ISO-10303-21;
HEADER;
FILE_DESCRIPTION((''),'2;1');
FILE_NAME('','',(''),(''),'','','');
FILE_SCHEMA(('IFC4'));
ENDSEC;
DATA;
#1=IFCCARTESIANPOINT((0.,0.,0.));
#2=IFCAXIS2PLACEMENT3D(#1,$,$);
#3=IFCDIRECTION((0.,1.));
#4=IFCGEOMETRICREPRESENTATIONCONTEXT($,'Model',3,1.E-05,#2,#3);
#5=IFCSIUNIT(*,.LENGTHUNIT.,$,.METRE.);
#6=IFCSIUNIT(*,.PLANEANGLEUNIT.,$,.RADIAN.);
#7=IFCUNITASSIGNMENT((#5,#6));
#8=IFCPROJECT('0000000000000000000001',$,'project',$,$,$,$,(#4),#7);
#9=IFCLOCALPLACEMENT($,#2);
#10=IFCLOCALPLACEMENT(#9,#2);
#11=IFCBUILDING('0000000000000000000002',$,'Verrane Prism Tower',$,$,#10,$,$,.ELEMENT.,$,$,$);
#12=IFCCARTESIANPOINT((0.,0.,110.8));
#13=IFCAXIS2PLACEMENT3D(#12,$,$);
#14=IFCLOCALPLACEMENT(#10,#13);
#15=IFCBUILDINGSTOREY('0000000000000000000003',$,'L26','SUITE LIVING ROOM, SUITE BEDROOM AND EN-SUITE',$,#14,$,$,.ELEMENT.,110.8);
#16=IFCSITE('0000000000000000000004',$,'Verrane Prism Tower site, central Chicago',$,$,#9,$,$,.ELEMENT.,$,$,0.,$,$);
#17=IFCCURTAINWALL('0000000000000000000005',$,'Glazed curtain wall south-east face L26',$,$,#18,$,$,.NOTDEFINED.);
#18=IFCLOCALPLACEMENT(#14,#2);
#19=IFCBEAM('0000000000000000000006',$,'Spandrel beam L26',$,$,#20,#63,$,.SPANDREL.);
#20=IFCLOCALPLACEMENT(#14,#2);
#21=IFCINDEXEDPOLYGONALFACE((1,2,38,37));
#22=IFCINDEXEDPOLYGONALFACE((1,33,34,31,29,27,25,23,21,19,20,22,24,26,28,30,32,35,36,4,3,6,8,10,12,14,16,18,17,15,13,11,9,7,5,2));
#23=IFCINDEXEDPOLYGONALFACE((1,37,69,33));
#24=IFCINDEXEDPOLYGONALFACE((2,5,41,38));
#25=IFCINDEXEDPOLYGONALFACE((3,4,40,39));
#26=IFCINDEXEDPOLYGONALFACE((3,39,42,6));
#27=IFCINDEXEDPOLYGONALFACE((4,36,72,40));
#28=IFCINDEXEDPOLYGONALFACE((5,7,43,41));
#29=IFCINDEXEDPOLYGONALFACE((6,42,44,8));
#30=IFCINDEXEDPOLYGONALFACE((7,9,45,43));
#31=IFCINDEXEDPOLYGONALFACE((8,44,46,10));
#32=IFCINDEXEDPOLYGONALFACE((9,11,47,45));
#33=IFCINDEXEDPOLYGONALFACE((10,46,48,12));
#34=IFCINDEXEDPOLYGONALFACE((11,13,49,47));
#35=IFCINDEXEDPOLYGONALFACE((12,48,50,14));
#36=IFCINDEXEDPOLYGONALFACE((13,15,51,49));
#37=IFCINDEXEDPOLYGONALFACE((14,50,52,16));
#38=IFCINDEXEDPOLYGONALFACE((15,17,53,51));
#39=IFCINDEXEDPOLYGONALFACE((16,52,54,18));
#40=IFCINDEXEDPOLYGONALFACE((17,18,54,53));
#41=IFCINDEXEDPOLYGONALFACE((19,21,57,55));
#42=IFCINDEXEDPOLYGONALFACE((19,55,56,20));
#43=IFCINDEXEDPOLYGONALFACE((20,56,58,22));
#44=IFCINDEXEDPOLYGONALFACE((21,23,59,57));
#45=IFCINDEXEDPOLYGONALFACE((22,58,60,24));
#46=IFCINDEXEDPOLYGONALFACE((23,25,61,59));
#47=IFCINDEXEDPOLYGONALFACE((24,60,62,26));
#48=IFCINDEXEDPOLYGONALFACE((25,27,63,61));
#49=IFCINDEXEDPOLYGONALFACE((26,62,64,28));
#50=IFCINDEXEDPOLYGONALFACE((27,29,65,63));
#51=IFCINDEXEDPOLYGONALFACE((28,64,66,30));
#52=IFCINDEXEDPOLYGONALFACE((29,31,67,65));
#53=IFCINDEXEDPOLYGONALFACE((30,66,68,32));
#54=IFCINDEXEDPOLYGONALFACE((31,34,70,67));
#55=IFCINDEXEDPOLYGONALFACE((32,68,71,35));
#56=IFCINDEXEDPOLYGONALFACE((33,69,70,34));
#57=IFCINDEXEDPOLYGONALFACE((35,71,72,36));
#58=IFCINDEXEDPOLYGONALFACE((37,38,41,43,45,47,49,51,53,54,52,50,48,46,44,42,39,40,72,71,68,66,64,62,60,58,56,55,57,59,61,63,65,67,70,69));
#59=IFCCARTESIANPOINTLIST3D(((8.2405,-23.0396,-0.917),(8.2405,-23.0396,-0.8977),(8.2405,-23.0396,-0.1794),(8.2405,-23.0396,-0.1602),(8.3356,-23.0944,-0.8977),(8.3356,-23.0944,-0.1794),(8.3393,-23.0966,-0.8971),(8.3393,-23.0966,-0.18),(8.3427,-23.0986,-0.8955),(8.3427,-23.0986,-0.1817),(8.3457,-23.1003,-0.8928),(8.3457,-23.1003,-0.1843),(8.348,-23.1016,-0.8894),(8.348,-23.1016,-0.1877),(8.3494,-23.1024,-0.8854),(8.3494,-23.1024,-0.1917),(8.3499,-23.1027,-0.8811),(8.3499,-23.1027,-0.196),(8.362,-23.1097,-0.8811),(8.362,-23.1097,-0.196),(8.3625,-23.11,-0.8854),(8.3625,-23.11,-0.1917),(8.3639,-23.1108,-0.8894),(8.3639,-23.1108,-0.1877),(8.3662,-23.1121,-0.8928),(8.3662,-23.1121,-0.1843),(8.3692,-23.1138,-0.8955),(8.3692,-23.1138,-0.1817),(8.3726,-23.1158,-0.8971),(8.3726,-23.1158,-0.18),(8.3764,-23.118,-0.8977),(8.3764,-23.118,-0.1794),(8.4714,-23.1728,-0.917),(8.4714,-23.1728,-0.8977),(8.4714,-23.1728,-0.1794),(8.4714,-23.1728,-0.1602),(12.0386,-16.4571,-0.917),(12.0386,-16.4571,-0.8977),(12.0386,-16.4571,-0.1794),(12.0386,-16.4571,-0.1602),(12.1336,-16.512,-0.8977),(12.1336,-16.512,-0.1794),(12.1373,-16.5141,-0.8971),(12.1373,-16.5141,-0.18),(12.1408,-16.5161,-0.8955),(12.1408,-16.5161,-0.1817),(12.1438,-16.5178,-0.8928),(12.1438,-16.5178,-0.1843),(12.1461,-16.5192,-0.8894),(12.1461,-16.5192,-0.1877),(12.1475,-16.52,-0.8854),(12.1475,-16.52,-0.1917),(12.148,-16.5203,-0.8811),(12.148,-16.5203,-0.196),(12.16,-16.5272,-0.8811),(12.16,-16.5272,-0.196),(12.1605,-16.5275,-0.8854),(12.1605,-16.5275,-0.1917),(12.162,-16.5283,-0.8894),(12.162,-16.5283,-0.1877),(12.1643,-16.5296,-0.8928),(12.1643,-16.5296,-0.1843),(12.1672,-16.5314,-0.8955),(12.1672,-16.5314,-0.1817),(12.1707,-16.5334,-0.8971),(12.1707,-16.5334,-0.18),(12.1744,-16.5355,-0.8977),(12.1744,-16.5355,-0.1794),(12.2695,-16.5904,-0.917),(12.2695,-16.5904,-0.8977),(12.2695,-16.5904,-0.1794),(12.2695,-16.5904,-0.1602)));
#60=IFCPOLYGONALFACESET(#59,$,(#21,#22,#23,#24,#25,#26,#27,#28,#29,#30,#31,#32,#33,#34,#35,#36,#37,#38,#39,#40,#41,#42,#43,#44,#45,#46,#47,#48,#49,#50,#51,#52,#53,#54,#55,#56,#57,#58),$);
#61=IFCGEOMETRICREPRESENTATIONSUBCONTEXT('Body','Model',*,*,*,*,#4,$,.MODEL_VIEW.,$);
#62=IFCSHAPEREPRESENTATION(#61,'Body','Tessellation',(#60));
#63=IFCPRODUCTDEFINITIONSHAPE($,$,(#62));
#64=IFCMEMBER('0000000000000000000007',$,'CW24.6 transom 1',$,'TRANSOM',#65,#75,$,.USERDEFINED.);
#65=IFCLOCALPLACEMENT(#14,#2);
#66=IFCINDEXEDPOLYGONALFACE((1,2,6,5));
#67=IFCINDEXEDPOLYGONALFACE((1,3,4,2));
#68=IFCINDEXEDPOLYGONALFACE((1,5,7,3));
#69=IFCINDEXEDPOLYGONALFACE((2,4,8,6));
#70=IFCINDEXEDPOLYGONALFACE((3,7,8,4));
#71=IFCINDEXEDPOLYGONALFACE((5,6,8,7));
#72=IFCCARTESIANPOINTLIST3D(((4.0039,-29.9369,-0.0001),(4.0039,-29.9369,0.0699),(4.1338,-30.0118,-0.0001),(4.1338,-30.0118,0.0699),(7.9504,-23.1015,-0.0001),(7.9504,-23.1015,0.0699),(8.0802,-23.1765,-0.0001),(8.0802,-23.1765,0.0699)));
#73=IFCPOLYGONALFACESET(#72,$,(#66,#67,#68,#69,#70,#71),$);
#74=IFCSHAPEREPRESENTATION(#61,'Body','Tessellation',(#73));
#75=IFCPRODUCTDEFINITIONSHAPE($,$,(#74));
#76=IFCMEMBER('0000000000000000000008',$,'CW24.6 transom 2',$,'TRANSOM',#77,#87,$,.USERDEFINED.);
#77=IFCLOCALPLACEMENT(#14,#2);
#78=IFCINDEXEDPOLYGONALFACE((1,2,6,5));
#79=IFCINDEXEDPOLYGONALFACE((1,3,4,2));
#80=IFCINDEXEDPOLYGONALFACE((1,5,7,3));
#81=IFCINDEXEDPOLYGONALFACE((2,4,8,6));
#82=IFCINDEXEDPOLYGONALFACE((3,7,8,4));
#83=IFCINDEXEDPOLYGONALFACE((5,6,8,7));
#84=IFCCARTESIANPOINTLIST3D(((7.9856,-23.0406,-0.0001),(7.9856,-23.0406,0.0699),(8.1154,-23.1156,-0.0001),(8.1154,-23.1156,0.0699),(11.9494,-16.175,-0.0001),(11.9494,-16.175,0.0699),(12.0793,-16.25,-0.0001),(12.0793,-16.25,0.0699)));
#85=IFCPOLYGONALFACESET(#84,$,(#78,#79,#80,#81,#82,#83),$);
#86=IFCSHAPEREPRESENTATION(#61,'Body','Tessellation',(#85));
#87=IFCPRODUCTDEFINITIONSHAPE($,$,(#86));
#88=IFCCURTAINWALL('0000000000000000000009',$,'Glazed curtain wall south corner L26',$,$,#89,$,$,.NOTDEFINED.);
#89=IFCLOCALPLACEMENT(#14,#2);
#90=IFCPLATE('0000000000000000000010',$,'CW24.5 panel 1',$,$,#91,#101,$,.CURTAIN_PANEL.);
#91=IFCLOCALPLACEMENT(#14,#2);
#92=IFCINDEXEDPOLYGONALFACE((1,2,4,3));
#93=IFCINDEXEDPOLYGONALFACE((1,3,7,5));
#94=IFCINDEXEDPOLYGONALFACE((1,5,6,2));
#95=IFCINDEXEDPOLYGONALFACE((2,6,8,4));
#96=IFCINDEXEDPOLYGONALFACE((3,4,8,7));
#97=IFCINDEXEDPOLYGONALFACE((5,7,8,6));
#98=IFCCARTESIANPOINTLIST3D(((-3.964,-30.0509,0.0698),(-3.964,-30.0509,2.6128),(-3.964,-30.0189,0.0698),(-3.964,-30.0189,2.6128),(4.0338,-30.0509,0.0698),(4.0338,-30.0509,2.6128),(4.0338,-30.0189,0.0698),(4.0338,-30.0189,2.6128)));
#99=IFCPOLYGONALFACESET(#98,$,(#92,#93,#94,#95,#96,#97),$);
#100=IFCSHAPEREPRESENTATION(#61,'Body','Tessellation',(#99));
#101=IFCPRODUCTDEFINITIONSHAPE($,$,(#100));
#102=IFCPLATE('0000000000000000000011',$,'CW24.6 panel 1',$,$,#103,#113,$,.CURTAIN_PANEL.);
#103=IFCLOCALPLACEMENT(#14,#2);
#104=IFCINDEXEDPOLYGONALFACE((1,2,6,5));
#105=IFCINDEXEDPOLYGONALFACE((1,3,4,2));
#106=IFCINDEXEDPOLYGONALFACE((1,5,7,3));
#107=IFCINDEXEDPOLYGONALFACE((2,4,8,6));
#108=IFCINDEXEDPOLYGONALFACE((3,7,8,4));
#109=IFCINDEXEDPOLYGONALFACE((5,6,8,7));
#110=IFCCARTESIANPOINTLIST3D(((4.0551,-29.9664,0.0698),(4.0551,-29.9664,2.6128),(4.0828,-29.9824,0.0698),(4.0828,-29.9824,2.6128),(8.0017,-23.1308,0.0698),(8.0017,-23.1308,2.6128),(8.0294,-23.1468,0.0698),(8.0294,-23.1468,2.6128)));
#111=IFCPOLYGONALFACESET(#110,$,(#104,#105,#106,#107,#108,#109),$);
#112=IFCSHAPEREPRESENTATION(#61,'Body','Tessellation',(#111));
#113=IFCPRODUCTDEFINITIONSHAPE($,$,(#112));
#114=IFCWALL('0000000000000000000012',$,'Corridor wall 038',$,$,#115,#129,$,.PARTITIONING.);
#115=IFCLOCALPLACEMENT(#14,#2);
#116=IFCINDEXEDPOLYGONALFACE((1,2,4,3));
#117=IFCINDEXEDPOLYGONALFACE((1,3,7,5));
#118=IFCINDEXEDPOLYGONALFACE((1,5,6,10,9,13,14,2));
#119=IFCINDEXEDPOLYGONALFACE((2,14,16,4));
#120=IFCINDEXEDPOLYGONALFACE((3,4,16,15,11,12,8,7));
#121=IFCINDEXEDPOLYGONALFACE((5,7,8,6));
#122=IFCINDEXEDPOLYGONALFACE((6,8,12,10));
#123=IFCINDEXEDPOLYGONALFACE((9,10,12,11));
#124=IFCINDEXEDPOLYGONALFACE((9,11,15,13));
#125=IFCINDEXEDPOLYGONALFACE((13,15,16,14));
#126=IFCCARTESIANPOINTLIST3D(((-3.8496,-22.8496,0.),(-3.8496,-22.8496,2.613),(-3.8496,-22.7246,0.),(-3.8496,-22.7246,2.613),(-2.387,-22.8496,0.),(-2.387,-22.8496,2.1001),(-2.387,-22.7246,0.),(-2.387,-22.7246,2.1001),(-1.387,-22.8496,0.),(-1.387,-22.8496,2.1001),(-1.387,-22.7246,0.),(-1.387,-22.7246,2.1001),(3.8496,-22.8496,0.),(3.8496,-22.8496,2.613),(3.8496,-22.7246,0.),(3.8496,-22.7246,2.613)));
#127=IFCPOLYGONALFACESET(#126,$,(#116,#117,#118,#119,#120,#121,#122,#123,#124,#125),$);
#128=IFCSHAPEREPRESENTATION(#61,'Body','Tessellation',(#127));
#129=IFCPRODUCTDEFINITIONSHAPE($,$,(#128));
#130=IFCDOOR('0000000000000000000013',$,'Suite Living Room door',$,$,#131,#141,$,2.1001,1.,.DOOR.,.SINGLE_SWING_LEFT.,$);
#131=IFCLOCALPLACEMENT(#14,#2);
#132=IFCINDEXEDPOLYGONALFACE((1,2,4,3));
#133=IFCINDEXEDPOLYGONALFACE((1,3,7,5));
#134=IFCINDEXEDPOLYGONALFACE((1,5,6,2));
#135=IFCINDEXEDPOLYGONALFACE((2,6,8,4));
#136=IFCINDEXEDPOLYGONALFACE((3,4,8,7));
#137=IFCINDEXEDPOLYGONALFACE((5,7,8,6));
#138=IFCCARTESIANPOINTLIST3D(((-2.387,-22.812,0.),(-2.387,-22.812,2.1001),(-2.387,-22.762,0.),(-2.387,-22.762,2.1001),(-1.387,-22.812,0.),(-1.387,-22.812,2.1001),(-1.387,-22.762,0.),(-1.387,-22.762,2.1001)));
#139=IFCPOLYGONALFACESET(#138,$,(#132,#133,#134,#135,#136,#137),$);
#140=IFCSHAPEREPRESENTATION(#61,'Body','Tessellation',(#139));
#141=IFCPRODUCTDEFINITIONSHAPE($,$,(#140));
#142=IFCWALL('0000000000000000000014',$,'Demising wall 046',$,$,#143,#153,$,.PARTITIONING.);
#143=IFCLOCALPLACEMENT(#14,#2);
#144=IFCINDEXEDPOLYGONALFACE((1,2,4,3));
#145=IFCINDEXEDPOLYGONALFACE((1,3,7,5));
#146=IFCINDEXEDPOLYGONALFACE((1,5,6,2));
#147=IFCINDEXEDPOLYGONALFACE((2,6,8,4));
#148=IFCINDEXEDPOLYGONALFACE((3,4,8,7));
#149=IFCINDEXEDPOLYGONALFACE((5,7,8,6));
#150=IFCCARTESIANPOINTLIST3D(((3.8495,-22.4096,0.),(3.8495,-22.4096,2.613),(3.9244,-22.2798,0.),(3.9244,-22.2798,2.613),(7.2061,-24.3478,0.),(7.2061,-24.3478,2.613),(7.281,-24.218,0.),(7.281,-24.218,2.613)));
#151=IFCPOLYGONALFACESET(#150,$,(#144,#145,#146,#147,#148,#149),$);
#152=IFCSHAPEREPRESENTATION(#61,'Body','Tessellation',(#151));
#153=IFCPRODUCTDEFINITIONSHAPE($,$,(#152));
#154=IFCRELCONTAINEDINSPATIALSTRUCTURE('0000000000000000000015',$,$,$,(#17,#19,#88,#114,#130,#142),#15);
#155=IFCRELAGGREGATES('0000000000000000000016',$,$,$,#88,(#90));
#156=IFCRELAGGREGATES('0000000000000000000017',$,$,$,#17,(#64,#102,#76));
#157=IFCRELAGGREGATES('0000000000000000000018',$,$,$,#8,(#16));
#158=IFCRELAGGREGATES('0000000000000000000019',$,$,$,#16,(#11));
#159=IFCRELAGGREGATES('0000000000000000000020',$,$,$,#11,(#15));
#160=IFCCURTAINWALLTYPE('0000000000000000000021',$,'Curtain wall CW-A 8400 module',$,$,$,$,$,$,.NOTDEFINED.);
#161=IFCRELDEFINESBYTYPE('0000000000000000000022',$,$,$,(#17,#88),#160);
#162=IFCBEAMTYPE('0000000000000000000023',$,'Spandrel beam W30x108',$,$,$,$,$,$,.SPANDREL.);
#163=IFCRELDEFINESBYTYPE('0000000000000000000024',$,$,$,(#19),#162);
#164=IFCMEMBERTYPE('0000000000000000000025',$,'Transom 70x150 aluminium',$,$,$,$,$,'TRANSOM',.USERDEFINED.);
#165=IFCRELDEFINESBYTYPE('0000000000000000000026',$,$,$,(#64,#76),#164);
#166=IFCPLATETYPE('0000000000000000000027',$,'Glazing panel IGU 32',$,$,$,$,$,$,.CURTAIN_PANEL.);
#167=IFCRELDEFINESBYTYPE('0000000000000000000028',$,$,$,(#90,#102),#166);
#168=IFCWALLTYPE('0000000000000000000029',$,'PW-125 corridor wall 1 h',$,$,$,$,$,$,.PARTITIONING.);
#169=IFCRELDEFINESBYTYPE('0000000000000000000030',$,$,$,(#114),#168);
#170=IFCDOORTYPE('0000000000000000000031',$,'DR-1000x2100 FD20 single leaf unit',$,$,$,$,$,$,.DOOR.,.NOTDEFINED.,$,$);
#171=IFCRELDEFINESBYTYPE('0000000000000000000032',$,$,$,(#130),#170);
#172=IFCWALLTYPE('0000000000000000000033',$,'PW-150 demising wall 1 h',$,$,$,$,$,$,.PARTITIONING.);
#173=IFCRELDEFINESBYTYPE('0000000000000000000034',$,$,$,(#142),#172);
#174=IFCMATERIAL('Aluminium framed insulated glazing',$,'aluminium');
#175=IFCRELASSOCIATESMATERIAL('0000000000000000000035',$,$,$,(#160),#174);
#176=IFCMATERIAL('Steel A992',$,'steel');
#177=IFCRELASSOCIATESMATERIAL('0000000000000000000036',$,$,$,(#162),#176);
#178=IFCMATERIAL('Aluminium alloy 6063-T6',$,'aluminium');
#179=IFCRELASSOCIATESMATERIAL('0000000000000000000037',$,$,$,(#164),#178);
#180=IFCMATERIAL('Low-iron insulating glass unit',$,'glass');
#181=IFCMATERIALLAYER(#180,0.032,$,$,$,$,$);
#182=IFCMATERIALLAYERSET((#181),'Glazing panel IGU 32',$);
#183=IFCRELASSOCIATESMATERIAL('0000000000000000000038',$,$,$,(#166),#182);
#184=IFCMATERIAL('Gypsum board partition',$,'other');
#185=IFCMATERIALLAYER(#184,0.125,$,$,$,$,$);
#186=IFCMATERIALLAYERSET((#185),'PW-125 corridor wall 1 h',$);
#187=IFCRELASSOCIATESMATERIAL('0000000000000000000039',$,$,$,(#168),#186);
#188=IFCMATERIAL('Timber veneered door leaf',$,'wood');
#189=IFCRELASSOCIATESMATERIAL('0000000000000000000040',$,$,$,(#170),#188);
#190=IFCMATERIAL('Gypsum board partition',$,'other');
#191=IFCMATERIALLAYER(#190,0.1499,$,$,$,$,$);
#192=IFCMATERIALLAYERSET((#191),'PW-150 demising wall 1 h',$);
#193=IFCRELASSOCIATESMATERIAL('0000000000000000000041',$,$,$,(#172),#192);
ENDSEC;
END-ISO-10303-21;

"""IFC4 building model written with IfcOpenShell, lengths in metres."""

from ifc_helpers import new_model, si_unit, direction, frame, frame_2d, origin, origin_2d, place, context, subcontext, project, spatial, rectangle, i_section, extrude, material, layer, layer_set, material_profile, profile_set, type_object, element, fill, aggregate, save


model = new_model("IFC4")

# Units and contexts
model_context = context("Model", 3, precision=1e-05, world=origin(), true_north=direction((0.0, 1.0)))
body_context = subcontext(model_context, "Body", "Model", "MODEL_VIEW")
ifc_project = project(units=[si_unit("LENGTHUNIT", "METRE"), si_unit("PLANEANGLEUNIT", "RADIAN")], contexts=[model_context])

# Site, building, storey
site_placement = place(None, origin())
site = spatial("IfcSite", under=ifc_project, at=site_placement, Name="Verrane Prism Tower site, central Chicago", CompositionType="ELEMENT", RefElevation=0.0)
building_placement = place(site_placement, origin())
building = spatial("IfcBuilding", under=site, at=building_placement, Name="Verrane Prism Tower", CompositionType="ELEMENT")
storey_placement = place(building_placement, frame((0.0, 0.0, 110.8)))
storey = spatial("IfcBuildingStorey", under=building, at=storey_placement, Name="L26", Description="SUITE LIVING ROOM, SUITE BEDROOM AND EN-SUITE", CompositionType="ELEMENT", Elevation=110.8)

# Curtain wall
ifc_material_1 = material(Name="Aluminium framed insulated glazing", Category="aluminium")
curtain_wall_type = type_object("IfcCurtainWallType", Name="Curtain wall CW-A 8400 module", PredefinedType="NOTDEFINED", material=ifc_material_1)
curtain_wall_1_placement = place(storey_placement, origin())
curtain_wall_1 = element("IfcCurtainWall", 1, at=curtain_wall_1_placement, inside=storey, type_object=curtain_wall_type, Name="Glazed curtain wall south-east face L26", PredefinedType="NOTDEFINED")

# Beam
ifc_material_2 = material(Name="Steel A992", Category="steel")
ifc_material_profile_1 = material_profile(ifc_material_2, i_section(OverallWidth=0.2666, OverallDepth=0.7568, WebThickness=0.0139, FlangeThickness=0.0193, FilletRadius=0.0166, at=origin_2d()), Name="W30x108")
ifc_profile_set_1 = profile_set([ifc_material_profile_1], Name="Steel A992")
beam_type_1 = type_object("IfcBeamType", Name="Spandrel beam W30x108", PredefinedType="SPANDREL", material=ifc_profile_set_1)
beam_1_placement = place(storey_placement, frame((8.356, -23.1062, -0.5386), z_axis=(0.499771, 0.866158, 0.0), x_axis=(-0.866158, 0.499771, 0.0)))
element("IfcBeam", 2, at=beam_1_placement, inside=storey, type_object=beam_type_1, Name="Spandrel beam L26", PredefinedType="SPANDREL", context=body_context, shape_type="SweptSolid", body=[
    extrude(i_section(OverallWidth=0.2666, OverallDepth=0.7568, WebThickness=0.0139, FlangeThickness=0.0193, FilletRadius=0.0166, at=origin_2d()), origin(), (0.0, 0.0, 1.0), 7.5996),
])

# Members
ifc_material_3 = material(Name="Aluminium alloy 6063-T6", Category="aluminium")
ifc_material_profile_2 = material_profile(ifc_material_3, rectangle(XDim=0.1499, YDim=0.0701, at=origin_2d()), Name="Transom 70x150 aluminium")
ifc_profile_set_2 = profile_set([ifc_material_profile_2], Name="Aluminium alloy 6063-T6")
member_type_1 = type_object("IfcMemberType", Name="Transom 70x150 aluminium", ElementType="TRANSOM", PredefinedType="USERDEFINED", material=ifc_profile_set_2)
member_1_placement = place(storey_placement, frame((4.0688, -29.9744, 0.0349), z_axis=(0.500008, 0.866021, 0.0), x_axis=(-0.866021, 0.500008, 0.0)))
member_1 = element("IfcMember", 3, at=member_1_placement, type_object=member_type_1, Name="CW24.6 transom 1", ObjectType="TRANSOM", PredefinedType="USERDEFINED", context=body_context, shape_type="SweptSolid", body=[
    extrude(rectangle(XDim=0.1499, YDim=0.0701, at=origin_2d()), origin(), (0.0, 0.0, 1.0), 7.8928),
])
member_2_placement = place(storey_placement, frame((8.0505, -23.0781, 0.0349), z_axis=(0.499994, 0.866029, 0.0), x_axis=(-0.866029, 0.499994, 0.0)))
member_2 = element("IfcMember", 4, at=member_2_placement, type_object=member_type_1, Name="CW24.6 transom 2", ObjectType="TRANSOM", PredefinedType="USERDEFINED", context=body_context, shape_type="SweptSolid", body=[
    extrude(rectangle(XDim=0.1499, YDim=0.0701, at=origin_2d()), origin(), (0.0, 0.0, 1.0), 7.9277),
])

# Curtain wall, plate
curtain_wall_2_placement = place(storey_placement, origin())
curtain_wall_2 = element("IfcCurtainWall", 5, at=curtain_wall_2_placement, inside=storey, type_object=curtain_wall_type, Name="Glazed curtain wall south corner L26", PredefinedType="NOTDEFINED")
ifc_material_4 = material(Name="Low-iron insulating glass unit", Category="glass")
ifc_layer_1 = layer(ifc_material_4, 0.032)
ifc_layer_set_1 = layer_set([ifc_layer_1], Name="Glazing panel IGU 32")
plate_type = type_object("IfcPlateType", Name="Glazing panel IGU 32", PredefinedType="CURTAIN_PANEL", material=ifc_layer_set_1)
plate_1_placement = place(storey_placement, frame((0.0349, -30.0349, 0.0698), z_axis=(0.0, 0.0, 1.0), x_axis=(1.0, 0.0, 0.0)))
plate_1 = element("IfcPlate", 6, at=plate_1_placement, type_object=plate_type, Name="CW24.5 panel 1", PredefinedType="CURTAIN_PANEL", context=body_context, shape_type="SweptSolid", body=[
    extrude(rectangle(XDim=7.9978, YDim=0.032, at=origin_2d()), origin(), (0.0, 0.0, 1.0), 2.543),
])
aggregate(curtain_wall_2, [plate_1])

# Plate
plate_2_placement = place(storey_placement, frame((6.0422, -26.5566, 0.0698), z_axis=(0.0, 0.0, 1.0), x_axis=(0.5, 0.866025, 0.0)))
plate_2 = element("IfcPlate", 7, at=plate_2_placement, type_object=plate_type, Name="CW24.6 panel 1", PredefinedType="CURTAIN_PANEL", context=body_context, shape_type="SweptSolid", body=[
    extrude(rectangle(XDim=7.8931, YDim=0.032, at=origin_2d()), origin(), (0.0, 0.0, 1.0), 2.543),
])
aggregate(curtain_wall_1, [member_1, plate_2, member_2])

# Wall, opening, door
ifc_material_5 = material(Name="Gypsum board partition", Category="other")
ifc_layer_2 = layer(ifc_material_5, 0.125)
ifc_layer_set_2 = layer_set([ifc_layer_2], Name="PW-125 corridor wall 1 h")
wall_type_1 = type_object("IfcWallType", Name="PW-125 corridor wall 1 h", PredefinedType="PARTITIONING", material=ifc_layer_set_2)
wall_1_placement = place(storey_placement, frame((3.8496, -22.7871, 0.0), z_axis=(0.0, 0.0, 1.0), x_axis=(-1.0, 0.0, 0.0)))
wall_1 = element("IfcWall", 8, at=wall_1_placement, inside=storey, type_object=wall_type_1, Name="Corridor wall 038", PredefinedType="PARTITIONING", context=body_context, shape_type="SweptSolid", body=[
    extrude(rectangle(XDim=7.6992, YDim=0.125, at=frame_2d((3.8496, 0.0))), origin(), (0.0, 0.0, 1.0), 2.613),
])
opening_1_placement = place(wall_1_placement, frame((5.2366, 0.0, 0.0)))
opening_1 = element("IfcOpeningElement", 9, at=opening_1_placement, cuts=wall_1, PredefinedType="OPENING", context=body_context, shape_type="SweptSolid", body=[
    extrude(rectangle(XDim=1.0, YDim=2.1001, at=frame_2d((0.5, 1.05))), frame((0.0, 0.0725, 0.0), z_axis=(0.0, -1.0, 0.0), x_axis=(1.0, 0.0, 0.0)), (0.0, 0.0, 1.0), 0.145),
])
ifc_material_6 = material(Name="Timber veneered door leaf", Category="wood")
door_type_1 = type_object("IfcDoorType", Name="DR-1000x2100 FD20 single leaf unit", OperationType="NOTDEFINED", PredefinedType="DOOR", material=ifc_material_6)
door_1_placement = place(opening_1_placement, origin())
door_1 = element("IfcDoor", 10, at=door_1_placement, inside=storey, type_object=door_type_1, Name="Suite Living Room door", OperationType="SINGLE_SWING_LEFT", OverallHeight=2.1001, OverallWidth=1.0, PredefinedType="DOOR", context=body_context, shape_type="SweptSolid", body=[
    extrude(rectangle(XDim=1.0, YDim=2.1001, at=frame_2d((0.5, 1.05))), frame((0.0, 0.0249, 0.0), z_axis=(0.0, -1.0, 0.0), x_axis=(1.0, 0.0, 0.0)), (0.0, 0.0, 1.0), 0.05),
])
fill(opening_1, door_1)

# Wall
ifc_material_7 = material(Name="Gypsum board partition", Category="other")
ifc_layer_3 = layer(ifc_material_7, 0.1499)
ifc_layer_set_3 = layer_set([ifc_layer_3], Name="PW-150 demising wall 1 h")
wall_type_2 = type_object("IfcWallType", Name="PW-150 demising wall 1 h", PredefinedType="PARTITIONING", material=ifc_layer_set_3)
wall_2_placement = place(storey_placement, frame((3.887, -22.3447, 0.0), z_axis=(0.0, 0.0, 1.0), x_axis=(0.865998, -0.500048, 0.0)))
element("IfcWall", 11, at=wall_2_placement, inside=storey, type_object=wall_type_2, Name="Demising wall 046", PredefinedType="PARTITIONING", context=body_context, shape_type="SweptSolid", body=[
    extrude(rectangle(XDim=3.876, YDim=0.1499, at=frame_2d((1.938, 0.0))), origin(), (0.0, 0.0, 1.0), 2.613),
])

save(model, "model.ifc")
